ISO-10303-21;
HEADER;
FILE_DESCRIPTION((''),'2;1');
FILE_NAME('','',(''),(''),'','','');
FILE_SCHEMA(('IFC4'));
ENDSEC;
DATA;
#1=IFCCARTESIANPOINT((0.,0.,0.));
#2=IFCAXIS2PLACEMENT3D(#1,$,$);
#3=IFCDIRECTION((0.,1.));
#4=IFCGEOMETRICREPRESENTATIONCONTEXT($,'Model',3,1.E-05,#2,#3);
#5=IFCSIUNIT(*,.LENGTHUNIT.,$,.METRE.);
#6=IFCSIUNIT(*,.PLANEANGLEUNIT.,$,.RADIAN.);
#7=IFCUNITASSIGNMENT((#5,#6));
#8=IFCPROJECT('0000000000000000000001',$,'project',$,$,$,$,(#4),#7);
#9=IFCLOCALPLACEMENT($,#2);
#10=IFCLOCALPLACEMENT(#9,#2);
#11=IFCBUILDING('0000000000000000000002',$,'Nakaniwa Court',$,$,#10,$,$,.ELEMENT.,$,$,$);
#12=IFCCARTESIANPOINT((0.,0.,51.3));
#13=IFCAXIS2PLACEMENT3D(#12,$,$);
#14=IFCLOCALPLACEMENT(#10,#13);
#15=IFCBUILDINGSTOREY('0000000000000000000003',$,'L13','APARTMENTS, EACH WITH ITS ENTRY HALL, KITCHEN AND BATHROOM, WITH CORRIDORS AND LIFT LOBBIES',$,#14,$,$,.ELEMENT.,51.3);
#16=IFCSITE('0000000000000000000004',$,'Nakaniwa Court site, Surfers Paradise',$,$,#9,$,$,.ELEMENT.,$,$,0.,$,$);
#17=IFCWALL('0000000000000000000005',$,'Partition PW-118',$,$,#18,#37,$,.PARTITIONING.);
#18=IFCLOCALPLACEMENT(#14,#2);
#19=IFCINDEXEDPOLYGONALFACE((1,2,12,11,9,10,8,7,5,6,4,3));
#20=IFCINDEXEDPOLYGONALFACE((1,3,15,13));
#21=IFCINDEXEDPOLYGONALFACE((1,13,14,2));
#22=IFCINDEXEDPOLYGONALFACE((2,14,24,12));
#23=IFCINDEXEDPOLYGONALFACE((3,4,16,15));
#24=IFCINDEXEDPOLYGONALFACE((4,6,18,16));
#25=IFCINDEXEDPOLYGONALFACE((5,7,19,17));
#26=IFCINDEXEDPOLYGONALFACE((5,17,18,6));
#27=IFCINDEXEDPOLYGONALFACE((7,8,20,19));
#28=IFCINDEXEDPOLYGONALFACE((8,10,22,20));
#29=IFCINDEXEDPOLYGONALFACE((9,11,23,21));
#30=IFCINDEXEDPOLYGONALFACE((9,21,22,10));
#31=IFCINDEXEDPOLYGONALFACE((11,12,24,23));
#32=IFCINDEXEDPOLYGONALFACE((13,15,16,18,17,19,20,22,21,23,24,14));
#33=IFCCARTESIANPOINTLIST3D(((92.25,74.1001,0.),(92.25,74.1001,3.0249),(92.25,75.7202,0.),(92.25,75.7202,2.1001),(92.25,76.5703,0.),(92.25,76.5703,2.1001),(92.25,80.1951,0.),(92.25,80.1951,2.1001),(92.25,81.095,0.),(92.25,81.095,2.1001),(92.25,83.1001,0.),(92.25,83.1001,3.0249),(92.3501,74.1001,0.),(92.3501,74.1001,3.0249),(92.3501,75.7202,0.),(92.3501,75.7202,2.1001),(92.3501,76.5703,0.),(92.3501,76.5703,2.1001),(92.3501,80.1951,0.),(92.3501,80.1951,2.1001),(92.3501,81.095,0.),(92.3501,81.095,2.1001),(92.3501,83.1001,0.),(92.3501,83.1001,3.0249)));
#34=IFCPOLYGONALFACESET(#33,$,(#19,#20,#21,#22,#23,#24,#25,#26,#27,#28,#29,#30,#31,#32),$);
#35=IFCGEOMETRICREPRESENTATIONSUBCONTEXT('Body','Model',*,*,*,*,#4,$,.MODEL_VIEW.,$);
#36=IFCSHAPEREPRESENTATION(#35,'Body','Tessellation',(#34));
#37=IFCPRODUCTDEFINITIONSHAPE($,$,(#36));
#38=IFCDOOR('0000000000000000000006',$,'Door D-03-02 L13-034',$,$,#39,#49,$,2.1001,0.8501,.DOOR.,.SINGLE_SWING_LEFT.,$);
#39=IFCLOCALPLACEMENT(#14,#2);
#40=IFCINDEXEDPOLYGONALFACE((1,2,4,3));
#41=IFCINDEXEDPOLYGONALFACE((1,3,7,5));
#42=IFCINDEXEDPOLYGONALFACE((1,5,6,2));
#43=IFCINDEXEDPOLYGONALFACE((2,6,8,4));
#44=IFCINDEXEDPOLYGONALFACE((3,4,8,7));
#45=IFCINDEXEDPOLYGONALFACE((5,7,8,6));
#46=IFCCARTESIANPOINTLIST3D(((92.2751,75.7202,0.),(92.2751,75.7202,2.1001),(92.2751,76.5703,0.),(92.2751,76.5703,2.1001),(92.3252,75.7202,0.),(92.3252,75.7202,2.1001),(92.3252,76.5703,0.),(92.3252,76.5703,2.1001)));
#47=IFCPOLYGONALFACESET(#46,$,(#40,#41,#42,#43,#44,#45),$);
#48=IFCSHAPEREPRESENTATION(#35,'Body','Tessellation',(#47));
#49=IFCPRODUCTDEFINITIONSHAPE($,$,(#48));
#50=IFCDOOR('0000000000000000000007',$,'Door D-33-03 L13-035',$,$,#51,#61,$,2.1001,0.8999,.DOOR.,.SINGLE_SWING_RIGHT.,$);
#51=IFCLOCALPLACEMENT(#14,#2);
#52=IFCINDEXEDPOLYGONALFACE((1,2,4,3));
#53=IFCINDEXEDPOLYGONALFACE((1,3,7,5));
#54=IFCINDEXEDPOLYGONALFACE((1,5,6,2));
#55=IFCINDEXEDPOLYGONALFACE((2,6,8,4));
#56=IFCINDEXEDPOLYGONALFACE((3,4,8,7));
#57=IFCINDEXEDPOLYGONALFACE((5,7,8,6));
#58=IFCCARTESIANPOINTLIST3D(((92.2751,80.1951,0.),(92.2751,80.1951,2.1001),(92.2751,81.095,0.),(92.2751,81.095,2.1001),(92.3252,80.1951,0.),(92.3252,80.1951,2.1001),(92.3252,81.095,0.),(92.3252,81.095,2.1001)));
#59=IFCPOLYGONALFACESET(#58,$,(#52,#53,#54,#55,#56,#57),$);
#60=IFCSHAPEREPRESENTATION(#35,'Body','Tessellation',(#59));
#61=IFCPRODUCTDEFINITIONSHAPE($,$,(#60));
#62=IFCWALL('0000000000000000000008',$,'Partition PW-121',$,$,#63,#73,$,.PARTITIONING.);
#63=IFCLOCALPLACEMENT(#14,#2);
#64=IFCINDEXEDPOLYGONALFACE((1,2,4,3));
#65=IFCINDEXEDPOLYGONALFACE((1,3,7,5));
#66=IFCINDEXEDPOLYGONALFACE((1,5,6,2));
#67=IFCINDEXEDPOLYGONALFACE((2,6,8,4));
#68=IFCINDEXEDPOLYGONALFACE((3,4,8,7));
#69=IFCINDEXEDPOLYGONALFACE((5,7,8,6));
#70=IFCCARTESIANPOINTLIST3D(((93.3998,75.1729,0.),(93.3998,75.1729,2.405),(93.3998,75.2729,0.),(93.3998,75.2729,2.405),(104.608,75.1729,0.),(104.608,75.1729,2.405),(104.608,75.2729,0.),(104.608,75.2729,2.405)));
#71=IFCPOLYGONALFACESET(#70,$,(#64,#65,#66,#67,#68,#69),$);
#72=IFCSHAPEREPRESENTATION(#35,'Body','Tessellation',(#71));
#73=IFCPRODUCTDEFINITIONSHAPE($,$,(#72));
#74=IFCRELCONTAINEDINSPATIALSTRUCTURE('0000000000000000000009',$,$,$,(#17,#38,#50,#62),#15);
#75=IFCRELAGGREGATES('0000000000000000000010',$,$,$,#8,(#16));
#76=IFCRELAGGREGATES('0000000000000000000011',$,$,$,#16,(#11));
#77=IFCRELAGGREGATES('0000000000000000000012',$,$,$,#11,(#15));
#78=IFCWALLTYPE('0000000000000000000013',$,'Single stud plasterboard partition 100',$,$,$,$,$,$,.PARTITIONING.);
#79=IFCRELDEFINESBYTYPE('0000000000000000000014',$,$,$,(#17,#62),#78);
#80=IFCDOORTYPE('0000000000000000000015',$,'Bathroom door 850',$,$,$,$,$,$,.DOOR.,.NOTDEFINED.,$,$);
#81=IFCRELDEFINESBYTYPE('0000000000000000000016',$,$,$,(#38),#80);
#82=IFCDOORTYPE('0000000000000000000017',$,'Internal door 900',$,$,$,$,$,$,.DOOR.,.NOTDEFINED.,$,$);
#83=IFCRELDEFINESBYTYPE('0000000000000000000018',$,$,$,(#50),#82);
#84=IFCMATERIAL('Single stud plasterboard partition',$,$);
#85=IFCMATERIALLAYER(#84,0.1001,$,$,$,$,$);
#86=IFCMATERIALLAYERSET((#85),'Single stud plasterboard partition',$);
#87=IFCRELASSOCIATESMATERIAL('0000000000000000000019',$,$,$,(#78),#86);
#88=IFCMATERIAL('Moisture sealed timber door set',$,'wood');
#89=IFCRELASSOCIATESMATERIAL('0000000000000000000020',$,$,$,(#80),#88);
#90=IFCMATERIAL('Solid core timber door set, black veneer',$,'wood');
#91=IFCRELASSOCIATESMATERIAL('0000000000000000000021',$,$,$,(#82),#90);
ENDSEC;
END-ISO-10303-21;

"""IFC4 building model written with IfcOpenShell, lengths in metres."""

from ifc_helpers import new_model, si_unit, direction, frame, frame_2d, origin, place, context, subcontext, project, spatial, rectangle, extrude, material, layer, layer_set, type_object, element, fill, save


model = new_model("IFC4")

# Units and contexts
model_context = context("Model", 3, precision=1e-05, world=origin(), true_north=direction((0.0, 1.0)))
body_context = subcontext(model_context, "Body", "Model", "MODEL_VIEW")
ifc_project = project(units=[si_unit("LENGTHUNIT", "METRE"), si_unit("PLANEANGLEUNIT", "RADIAN")], contexts=[model_context])

# Site, building, storey
site_placement = place(None, origin())
site = spatial("IfcSite", under=ifc_project, at=site_placement, Name="Nakaniwa Court site, Surfers Paradise", CompositionType="ELEMENT", RefElevation=0.0)
building_placement = place(site_placement, origin())
building = spatial("IfcBuilding", under=site, at=building_placement, Name="Nakaniwa Court", CompositionType="ELEMENT")
storey_placement = place(building_placement, frame((0.0, 0.0, 51.3)))
storey = spatial("IfcBuildingStorey", under=building, at=storey_placement, Name="L13", Description="APARTMENTS, EACH WITH ITS ENTRY HALL, KITCHEN AND BATHROOM, WITH CORRIDORS AND LIFT LOBBIES", CompositionType="ELEMENT", Elevation=51.3)

# Shared definitions
ifc_material_1 = material(Name="Solid core timber door set, black veneer", Category="wood")

# Shared definitions
ifc_material_2 = material(Name="Single stud plasterboard partition")
ifc_layer_1 = layer(ifc_material_2, 0.1001)
ifc_layer_set_1 = layer_set([ifc_layer_1], Name="Single stud plasterboard partition")
wall_type_1 = type_object("IfcWallType", Name="Single stud plasterboard partition 100", PredefinedType="PARTITIONING", material=ifc_layer_set_1)
ifc_material_3 = material(Name="Moisture sealed timber door set", Category="wood")
door_type_1 = type_object("IfcDoorType", Name="Bathroom door 850", OperationType="NOTDEFINED", PredefinedType="DOOR", material=ifc_material_3)

# Wall, openings, doors
wall_1_placement = place(storey_placement, frame((92.3, 74.1001, 0.0), z_axis=(0.0, 0.0, 1.0), x_axis=(0.0, 1.0, 0.0)))
wall_1 = element("IfcWall", 1, at=wall_1_placement, inside=storey, type_object=wall_type_1, Name="Partition PW-118", PredefinedType="PARTITIONING", context=body_context, shape_type="SweptSolid", body=[
    extrude(rectangle(XDim=9.0, YDim=0.1001, at=frame_2d((4.5, 0.0))), origin(), (0.0, 0.0, 1.0), 3.0249),
])
opening_1_placement = place(wall_1_placement, frame((1.6201, 0.0, 0.0)))
opening_1 = element("IfcOpeningElement", 2, at=opening_1_placement, cuts=wall_1, PredefinedType="OPENING", context=body_context, shape_type="SweptSolid", body=[
    extrude(rectangle(XDim=0.8501, YDim=2.1001, at=frame_2d((0.425, 1.05))), frame((0.0, 0.0601, 0.0), z_axis=(0.0, -1.0, 0.0), x_axis=(1.0, 0.0, 0.0)), (0.0, 0.0, 1.0), 0.1201),
])
opening_2_placement = place(wall_1_placement, frame((6.095, 0.0, 0.0)))
opening_2 = element("IfcOpeningElement", 3, at=opening_2_placement, cuts=wall_1, PredefinedType="OPENING", context=body_context, shape_type="SweptSolid", body=[
    extrude(rectangle(XDim=0.8999, YDim=2.1001, at=frame_2d((0.45, 1.05))), frame((0.0, 0.0601, 0.0), z_axis=(0.0, -1.0, 0.0), x_axis=(1.0, 0.0, 0.0)), (0.0, 0.0, 1.0), 0.1201),
])
door_1_placement = place(opening_1_placement, origin())
door_1 = element("IfcDoor", 4, at=door_1_placement, inside=storey, type_object=door_type_1, Name="Door D-03-02 L13-034", OperationType="SINGLE_SWING_LEFT", OverallHeight=2.1001, OverallWidth=0.8501, PredefinedType="DOOR", context=body_context, shape_type="SweptSolid", body=[
    extrude(rectangle(XDim=0.8501, YDim=2.1001, at=frame_2d((0.425, 1.05))), frame((0.0, 0.0249, 0.0), z_axis=(0.0, -1.0, 0.0), x_axis=(1.0, 0.0, 0.0)), (0.0, 0.0, 1.0), 0.05),
])
fill(opening_1, door_1)
door_type_2 = type_object("IfcDoorType", Name="Internal door 900", OperationType="NOTDEFINED", PredefinedType="DOOR", material=ifc_material_1)
door_2_placement = place(opening_2_placement, origin())
door_2 = element("IfcDoor", 5, at=door_2_placement, inside=storey, type_object=door_type_2, Name="Door D-33-03 L13-035", OperationType="SINGLE_SWING_RIGHT", OverallHeight=2.1001, OverallWidth=0.8999, PredefinedType="DOOR", context=body_context, shape_type="SweptSolid", body=[
    extrude(rectangle(XDim=0.8999, YDim=2.1001, at=frame_2d((0.45, 1.05))), frame((0.0, 0.0249, 0.0), z_axis=(0.0, -1.0, 0.0), x_axis=(1.0, 0.0, 0.0)), (0.0, 0.0, 1.0), 0.05),
])
fill(opening_2, door_2)

# Wall
wall_2_placement = place(storey_placement, frame((93.3999, 75.2229, 0.0), z_axis=(0.0, 0.0, 1.0), x_axis=(1.0, 0.0, 0.0)))
element("IfcWall", 6, at=wall_2_placement, inside=storey, type_object=wall_type_1, Name="Partition PW-121", PredefinedType="PARTITIONING", context=body_context, shape_type="SweptSolid", body=[
    extrude(rectangle(XDim=11.2083, YDim=0.1001, at=frame_2d((5.604, 0.0))), origin(), (0.0, 0.0, 1.0), 2.405),
])

save(model, "model.ifc")
